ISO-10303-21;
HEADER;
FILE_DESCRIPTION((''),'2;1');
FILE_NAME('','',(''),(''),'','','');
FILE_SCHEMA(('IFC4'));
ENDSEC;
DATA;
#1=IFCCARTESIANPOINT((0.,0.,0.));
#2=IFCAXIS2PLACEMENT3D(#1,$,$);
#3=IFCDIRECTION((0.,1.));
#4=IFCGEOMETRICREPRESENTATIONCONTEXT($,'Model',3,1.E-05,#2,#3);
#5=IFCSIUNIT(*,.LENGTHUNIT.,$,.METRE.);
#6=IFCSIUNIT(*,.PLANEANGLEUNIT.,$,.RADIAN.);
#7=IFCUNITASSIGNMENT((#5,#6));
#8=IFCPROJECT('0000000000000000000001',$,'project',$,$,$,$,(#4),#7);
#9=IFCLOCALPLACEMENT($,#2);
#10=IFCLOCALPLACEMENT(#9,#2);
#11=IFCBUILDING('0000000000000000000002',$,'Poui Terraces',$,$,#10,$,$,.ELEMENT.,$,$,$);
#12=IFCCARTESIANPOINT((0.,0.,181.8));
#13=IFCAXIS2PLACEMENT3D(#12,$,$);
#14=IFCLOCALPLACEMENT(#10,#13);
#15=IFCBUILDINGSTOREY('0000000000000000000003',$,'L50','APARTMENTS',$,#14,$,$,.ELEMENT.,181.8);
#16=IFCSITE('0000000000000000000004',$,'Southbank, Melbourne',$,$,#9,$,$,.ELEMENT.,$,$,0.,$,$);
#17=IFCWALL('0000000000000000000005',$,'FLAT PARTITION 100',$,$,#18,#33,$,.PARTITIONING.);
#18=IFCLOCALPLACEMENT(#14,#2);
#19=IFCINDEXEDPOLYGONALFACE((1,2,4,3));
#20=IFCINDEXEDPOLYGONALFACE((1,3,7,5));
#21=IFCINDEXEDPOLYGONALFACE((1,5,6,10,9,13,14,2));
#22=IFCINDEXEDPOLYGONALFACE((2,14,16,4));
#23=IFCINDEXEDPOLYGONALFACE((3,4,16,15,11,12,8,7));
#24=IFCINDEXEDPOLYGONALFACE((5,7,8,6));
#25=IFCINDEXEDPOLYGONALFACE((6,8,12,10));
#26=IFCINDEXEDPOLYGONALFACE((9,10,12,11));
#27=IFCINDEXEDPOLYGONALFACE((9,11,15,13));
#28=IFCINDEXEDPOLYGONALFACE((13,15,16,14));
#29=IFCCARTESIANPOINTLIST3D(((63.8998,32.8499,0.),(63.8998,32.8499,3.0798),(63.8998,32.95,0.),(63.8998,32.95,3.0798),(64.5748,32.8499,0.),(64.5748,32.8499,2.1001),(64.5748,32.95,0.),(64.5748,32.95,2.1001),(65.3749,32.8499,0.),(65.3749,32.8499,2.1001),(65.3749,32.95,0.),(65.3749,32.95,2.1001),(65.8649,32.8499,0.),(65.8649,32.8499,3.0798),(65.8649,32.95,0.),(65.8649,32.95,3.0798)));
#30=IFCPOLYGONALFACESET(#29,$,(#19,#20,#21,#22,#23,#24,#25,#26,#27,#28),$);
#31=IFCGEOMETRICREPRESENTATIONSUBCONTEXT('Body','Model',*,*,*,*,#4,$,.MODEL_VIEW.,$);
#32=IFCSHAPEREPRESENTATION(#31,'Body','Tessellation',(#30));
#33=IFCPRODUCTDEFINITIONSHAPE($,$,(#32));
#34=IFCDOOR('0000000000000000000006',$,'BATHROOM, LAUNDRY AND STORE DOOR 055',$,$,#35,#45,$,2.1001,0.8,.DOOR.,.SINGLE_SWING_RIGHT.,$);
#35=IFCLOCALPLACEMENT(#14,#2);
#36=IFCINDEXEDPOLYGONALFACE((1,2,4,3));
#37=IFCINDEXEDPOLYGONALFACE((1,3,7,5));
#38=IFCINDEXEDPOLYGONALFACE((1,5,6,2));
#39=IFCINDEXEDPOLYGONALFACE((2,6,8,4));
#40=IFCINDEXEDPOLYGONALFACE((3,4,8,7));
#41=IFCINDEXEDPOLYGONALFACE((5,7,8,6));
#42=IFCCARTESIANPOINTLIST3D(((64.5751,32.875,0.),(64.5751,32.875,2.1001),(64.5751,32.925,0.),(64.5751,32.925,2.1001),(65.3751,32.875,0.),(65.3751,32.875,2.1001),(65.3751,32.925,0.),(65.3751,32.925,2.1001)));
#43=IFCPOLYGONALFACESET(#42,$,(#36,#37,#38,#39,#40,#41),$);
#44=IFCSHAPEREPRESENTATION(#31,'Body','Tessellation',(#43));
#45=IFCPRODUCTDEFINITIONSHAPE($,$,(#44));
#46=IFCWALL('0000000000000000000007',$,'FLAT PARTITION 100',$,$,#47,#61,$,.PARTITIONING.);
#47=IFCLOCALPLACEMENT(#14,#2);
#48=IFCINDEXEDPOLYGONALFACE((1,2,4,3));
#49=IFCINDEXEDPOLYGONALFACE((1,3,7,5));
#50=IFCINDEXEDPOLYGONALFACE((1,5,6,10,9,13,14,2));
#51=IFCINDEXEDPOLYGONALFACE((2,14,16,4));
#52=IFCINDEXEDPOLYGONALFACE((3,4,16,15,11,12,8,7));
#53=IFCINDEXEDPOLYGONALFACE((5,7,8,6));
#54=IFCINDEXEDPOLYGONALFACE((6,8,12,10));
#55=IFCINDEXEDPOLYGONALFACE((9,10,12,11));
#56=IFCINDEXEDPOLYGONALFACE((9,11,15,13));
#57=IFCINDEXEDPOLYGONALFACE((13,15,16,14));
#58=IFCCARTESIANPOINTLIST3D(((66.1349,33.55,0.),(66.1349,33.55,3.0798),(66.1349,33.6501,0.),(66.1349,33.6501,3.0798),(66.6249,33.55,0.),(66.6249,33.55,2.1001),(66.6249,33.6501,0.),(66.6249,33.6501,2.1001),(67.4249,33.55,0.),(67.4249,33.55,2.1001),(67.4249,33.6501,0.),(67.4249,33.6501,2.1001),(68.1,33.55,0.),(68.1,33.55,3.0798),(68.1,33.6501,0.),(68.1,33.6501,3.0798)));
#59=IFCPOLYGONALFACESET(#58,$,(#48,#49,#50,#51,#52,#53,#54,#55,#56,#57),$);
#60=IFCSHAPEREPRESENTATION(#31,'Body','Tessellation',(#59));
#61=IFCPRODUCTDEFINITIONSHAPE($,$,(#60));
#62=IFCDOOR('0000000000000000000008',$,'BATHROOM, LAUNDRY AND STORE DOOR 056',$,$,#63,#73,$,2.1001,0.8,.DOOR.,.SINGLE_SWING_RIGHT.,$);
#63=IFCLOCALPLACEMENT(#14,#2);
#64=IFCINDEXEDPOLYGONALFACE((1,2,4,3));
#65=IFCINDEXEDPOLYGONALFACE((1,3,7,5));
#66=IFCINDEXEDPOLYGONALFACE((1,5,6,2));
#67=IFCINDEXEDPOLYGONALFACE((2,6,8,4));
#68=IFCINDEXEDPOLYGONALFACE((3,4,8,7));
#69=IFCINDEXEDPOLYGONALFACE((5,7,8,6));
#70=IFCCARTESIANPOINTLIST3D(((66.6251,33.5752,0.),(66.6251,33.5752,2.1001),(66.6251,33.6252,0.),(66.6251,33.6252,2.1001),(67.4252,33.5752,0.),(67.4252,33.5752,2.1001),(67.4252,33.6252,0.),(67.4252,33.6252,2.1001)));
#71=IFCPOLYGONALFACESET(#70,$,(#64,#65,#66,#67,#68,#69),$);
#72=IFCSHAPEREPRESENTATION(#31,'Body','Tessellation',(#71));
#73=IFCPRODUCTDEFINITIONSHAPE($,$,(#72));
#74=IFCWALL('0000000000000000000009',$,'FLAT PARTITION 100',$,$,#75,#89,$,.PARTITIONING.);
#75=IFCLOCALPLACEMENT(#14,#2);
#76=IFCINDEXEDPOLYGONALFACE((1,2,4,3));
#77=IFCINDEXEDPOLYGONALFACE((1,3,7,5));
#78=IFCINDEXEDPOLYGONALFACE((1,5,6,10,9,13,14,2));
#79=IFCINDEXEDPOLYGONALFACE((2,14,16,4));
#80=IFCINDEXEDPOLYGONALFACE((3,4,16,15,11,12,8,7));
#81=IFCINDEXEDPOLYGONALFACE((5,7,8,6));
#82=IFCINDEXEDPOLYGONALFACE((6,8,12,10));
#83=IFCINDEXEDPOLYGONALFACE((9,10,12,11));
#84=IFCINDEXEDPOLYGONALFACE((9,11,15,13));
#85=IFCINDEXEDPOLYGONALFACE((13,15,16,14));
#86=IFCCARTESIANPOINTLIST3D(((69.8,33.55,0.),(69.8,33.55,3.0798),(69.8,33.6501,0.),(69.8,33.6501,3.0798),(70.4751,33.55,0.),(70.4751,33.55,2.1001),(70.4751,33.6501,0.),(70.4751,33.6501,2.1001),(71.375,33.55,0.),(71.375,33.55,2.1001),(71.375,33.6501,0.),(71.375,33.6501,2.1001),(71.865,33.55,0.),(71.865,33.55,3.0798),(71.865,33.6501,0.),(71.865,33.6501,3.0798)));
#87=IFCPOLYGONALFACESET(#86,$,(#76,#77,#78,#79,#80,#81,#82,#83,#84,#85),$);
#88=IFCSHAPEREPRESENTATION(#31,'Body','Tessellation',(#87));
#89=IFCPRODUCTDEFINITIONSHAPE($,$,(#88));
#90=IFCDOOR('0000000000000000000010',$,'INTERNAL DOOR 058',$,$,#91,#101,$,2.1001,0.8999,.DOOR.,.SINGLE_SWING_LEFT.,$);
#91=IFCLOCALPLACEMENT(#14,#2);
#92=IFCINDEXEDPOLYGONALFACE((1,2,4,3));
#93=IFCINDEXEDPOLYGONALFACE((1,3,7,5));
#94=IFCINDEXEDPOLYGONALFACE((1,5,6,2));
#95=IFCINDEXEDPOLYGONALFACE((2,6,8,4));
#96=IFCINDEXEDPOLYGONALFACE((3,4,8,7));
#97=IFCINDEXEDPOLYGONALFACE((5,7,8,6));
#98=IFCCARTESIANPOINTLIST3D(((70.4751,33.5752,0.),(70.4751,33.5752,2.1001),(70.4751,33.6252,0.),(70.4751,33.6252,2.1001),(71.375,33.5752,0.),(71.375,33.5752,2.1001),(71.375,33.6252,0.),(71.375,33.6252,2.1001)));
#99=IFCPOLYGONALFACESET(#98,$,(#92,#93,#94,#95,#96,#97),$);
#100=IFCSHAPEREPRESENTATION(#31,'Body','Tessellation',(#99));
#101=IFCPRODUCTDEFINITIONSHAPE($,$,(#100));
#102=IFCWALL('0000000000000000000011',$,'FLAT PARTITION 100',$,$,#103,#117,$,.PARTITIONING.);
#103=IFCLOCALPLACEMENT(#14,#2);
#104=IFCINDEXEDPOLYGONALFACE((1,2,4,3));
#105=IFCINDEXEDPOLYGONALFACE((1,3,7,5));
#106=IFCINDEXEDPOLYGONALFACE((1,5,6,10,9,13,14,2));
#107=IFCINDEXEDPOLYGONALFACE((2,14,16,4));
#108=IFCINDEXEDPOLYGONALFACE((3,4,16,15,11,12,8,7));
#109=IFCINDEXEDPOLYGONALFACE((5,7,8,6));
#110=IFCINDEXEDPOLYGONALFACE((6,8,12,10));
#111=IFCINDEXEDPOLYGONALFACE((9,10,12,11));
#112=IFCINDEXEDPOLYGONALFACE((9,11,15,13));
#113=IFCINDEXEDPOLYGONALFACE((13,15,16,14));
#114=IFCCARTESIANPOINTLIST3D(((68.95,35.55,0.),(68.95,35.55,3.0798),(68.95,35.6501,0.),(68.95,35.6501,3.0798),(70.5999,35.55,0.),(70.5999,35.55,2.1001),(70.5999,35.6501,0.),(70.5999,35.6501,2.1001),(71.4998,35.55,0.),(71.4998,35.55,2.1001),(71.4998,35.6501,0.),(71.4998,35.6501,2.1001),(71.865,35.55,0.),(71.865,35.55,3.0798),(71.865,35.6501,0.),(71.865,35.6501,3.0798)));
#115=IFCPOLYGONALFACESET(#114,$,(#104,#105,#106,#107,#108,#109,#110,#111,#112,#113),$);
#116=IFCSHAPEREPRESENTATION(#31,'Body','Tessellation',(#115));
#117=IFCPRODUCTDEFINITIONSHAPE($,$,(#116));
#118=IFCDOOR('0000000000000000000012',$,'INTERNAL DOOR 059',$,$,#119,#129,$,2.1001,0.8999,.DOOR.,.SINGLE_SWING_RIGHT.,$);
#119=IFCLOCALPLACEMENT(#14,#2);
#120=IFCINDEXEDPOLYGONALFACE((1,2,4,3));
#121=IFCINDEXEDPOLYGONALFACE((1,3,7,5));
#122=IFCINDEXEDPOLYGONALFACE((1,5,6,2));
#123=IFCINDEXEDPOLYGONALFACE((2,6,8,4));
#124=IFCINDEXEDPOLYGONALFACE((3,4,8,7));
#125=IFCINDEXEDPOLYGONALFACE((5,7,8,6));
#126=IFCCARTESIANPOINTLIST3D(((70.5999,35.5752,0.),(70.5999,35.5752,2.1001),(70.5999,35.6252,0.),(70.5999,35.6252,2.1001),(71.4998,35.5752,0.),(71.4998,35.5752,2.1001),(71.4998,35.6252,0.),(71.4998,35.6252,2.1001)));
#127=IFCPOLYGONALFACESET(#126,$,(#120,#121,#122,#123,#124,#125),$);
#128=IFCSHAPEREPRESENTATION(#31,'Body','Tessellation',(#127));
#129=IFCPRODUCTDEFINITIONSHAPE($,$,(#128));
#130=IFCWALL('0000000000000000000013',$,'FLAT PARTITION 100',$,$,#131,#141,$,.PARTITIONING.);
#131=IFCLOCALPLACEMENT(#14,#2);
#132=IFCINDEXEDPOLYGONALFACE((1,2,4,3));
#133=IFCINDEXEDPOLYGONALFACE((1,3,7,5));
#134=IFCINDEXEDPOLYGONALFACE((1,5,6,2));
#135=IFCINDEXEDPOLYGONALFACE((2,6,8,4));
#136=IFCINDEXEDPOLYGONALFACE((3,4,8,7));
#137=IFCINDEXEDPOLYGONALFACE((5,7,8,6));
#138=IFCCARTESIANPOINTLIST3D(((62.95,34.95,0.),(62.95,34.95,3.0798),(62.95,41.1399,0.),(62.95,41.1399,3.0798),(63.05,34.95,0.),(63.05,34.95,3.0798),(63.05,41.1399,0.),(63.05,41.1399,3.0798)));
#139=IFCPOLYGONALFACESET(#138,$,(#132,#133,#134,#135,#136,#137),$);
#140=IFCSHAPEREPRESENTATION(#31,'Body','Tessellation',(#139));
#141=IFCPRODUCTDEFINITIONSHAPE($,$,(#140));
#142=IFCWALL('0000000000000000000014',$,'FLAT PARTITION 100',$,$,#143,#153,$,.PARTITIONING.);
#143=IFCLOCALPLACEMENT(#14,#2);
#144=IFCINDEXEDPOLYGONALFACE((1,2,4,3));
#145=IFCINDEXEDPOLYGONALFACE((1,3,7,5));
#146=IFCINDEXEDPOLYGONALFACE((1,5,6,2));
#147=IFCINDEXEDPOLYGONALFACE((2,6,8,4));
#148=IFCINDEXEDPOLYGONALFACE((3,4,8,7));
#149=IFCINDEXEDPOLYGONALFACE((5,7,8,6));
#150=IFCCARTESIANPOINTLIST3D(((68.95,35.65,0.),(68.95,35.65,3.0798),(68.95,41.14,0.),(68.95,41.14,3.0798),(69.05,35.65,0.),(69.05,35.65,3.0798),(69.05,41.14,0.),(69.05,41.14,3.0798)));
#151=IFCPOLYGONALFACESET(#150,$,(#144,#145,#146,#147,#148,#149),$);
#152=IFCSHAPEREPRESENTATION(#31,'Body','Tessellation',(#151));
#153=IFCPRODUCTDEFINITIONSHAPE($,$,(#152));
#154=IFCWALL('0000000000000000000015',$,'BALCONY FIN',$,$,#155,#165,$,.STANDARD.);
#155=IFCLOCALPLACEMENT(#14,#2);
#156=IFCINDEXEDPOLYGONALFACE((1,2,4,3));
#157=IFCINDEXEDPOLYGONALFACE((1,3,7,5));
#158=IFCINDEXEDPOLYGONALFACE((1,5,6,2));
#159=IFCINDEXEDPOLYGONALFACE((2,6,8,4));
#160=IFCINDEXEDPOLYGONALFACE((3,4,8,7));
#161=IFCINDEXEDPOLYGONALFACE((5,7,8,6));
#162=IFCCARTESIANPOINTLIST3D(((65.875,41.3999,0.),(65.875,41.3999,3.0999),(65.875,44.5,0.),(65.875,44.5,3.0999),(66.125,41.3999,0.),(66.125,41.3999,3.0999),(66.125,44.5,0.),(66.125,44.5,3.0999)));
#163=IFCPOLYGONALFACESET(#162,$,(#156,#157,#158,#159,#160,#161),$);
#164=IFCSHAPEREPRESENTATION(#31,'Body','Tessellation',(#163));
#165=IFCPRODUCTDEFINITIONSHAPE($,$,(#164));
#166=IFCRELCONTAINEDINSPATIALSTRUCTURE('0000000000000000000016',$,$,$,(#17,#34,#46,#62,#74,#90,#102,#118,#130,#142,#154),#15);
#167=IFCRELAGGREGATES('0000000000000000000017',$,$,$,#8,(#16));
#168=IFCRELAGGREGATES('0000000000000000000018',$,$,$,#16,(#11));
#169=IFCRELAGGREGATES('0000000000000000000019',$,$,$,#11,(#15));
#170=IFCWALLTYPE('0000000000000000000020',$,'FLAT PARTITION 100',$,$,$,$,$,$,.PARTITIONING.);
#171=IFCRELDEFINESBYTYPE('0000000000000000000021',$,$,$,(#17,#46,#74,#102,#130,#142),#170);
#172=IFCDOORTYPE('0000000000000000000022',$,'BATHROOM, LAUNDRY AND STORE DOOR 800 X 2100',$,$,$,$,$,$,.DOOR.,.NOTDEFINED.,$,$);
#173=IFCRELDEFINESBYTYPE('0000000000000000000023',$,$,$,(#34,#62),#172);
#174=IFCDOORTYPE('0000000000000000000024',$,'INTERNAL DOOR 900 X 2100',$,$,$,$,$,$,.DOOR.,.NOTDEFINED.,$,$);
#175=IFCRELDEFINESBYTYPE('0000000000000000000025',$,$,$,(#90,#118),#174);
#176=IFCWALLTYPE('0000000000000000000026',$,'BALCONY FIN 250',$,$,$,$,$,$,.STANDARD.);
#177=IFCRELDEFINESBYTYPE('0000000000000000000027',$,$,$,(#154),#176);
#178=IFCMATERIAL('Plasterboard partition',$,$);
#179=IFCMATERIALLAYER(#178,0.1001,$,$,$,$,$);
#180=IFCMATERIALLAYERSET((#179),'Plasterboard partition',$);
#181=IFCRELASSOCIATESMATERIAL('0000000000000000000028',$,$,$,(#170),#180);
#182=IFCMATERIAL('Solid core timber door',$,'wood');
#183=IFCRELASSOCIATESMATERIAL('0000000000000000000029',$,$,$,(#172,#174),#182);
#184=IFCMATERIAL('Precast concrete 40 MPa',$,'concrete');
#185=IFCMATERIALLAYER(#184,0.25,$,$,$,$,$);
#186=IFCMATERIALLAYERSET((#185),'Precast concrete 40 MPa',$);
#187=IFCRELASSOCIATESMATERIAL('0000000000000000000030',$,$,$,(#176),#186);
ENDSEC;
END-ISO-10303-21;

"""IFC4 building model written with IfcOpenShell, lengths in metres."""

from ifc_helpers import new_model, si_unit, direction, frame, frame_2d, origin, place, context, subcontext, project, spatial, polyline, rectangle, outline, extrude, source, transform, mapped, material, layer, layer_set, type_object, element, fill, save


model = new_model("IFC4")

# Units and contexts
model_context = context("Model", 3, precision=1e-05, world=origin(), true_north=direction((0.0, 1.0)))
body_context = subcontext(model_context, "Body", "Model", "MODEL_VIEW")
ifc_project = project(units=[si_unit("LENGTHUNIT", "METRE"), si_unit("PLANEANGLEUNIT", "RADIAN")], contexts=[model_context])

# Site, building, storey
site_placement = place(None, origin())
site = spatial("IfcSite", under=ifc_project, at=site_placement, Name="Southbank, Melbourne", CompositionType="ELEMENT", RefElevation=0.0)
building_placement = place(site_placement, origin())
building = spatial("IfcBuilding", under=site, at=building_placement, Name="Poui Terraces", CompositionType="ELEMENT")
storey_placement = place(building_placement, frame((0.0, 0.0, 181.8)))
storey = spatial("IfcBuildingStorey", under=building, at=storey_placement, Name="L50", Description="APARTMENTS", CompositionType="ELEMENT", Elevation=181.8)

# Walls, openings, doors
ifc_material_1 = material(Name="Plasterboard partition")
ifc_layer_1 = layer(ifc_material_1, 0.1001)
ifc_layer_set_1 = layer_set([ifc_layer_1], Name="Plasterboard partition")
wall_type_1 = type_object("IfcWallType", Name="FLAT PARTITION 100", PredefinedType="PARTITIONING", material=ifc_layer_set_1)
wall_1_placement = place(storey_placement, frame((63.8999, 32.8999, 0.0), z_axis=(0.0, 0.0, 1.0), x_axis=(1.0, 0.0, 0.0)))
wall_1 = element("IfcWall", 1, at=wall_1_placement, inside=storey, type_object=wall_type_1, Name="FLAT PARTITION 100", PredefinedType="PARTITIONING", context=body_context, shape_type="SweptSolid", body=[
    extrude(rectangle(XDim=1.9651, YDim=0.1001, at=frame_2d((0.9824, 0.0))), origin(), (0.0, 0.0, 1.0), 3.0798),
])
opening_1_placement = place(wall_1_placement, frame((0.675, 0.0, 0.0)))
opening_1 = element("IfcOpeningElement", 2, at=opening_1_placement, cuts=wall_1, PredefinedType="OPENING", context=body_context, shape_type="SweptSolid", body=[
    extrude(rectangle(XDim=0.8, YDim=2.1001, at=frame_2d((0.3999, 1.05))), frame((0.0, 0.0601, 0.0), z_axis=(0.0, -1.0, 0.0), x_axis=(1.0, 0.0, 0.0)), (0.0, 0.0, 1.0), 0.1201),
])
ifc_material_2 = material(Name="Solid core timber door", Category="wood")
door_type_1 = type_object("IfcDoorType", Name="BATHROOM, LAUNDRY AND STORE DOOR 800 X 2100", OperationType="NOTDEFINED", PredefinedType="DOOR", material=ifc_material_2)
door_1_placement = place(opening_1_placement, frame((0.8, 0.0, 0.0), z_axis=(0.0, 0.0, 1.0), x_axis=(-1.0, 0.0, 0.0)))
door_1 = element("IfcDoor", 3, at=door_1_placement, inside=storey, type_object=door_type_1, Name="BATHROOM, LAUNDRY AND STORE DOOR 055", OperationType="SINGLE_SWING_RIGHT", OverallHeight=2.1001, OverallWidth=0.8, PredefinedType="DOOR", context=body_context, shape_type="SweptSolid", body=[
    extrude(rectangle(XDim=0.8, YDim=2.1001, at=frame_2d((0.3999, 1.05))), frame((0.0, 0.0249, 0.0), z_axis=(0.0, -1.0, 0.0), x_axis=(1.0, 0.0, 0.0)), (0.0, 0.0, 1.0), 0.05),
])
fill(opening_1, door_1)
wall_2_placement = place(storey_placement, frame((66.135, 33.6001, 0.0), z_axis=(0.0, 0.0, 1.0), x_axis=(1.0, 0.0, 0.0)))
wall_2 = element("IfcWall", 4, at=wall_2_placement, inside=storey, type_object=wall_type_1, Name="FLAT PARTITION 100", PredefinedType="PARTITIONING", context=body_context, shape_type="SweptSolid", body=[
    extrude(rectangle(XDim=1.9651, YDim=0.1001, at=frame_2d((0.9824, 0.0))), origin(), (0.0, 0.0, 1.0), 3.0798),
])
opening_2_placement = place(wall_2_placement, frame((0.49, 0.0, 0.0)))
opening_2 = element("IfcOpeningElement", 5, at=opening_2_placement, cuts=wall_2, PredefinedType="OPENING", context=body_context, shape_type="SweptSolid", body=[
    extrude(rectangle(XDim=0.8, YDim=2.1001, at=frame_2d((0.3999, 1.05))), frame((0.0, 0.0601, 0.0), z_axis=(0.0, -1.0, 0.0), x_axis=(1.0, 0.0, 0.0)), (0.0, 0.0, 1.0), 0.1201),
])
door_2_placement = place(opening_2_placement, frame((0.8, 0.0, 0.0), z_axis=(0.0, 0.0, 1.0), x_axis=(-1.0, 0.0, 0.0)))
door_2 = element("IfcDoor", 6, at=door_2_placement, inside=storey, type_object=door_type_1, Name="BATHROOM, LAUNDRY AND STORE DOOR 056", OperationType="SINGLE_SWING_RIGHT", OverallHeight=2.1001, OverallWidth=0.8, PredefinedType="DOOR", context=body_context, shape_type="SweptSolid", body=[
    extrude(rectangle(XDim=0.8, YDim=2.1001, at=frame_2d((0.3999, 1.05))), frame((0.0, 0.0249, 0.0), z_axis=(0.0, -1.0, 0.0), x_axis=(1.0, 0.0, 0.0)), (0.0, 0.0, 1.0), 0.05),
])
fill(opening_2, door_2)
wall_3_placement = place(storey_placement, frame((69.8, 33.6001, 0.0), z_axis=(0.0, 0.0, 1.0), x_axis=(1.0, 0.0, 0.0)))
wall_3 = element("IfcWall", 7, at=wall_3_placement, inside=storey, type_object=wall_type_1, Name="FLAT PARTITION 100", PredefinedType="PARTITIONING", context=body_context, shape_type="SweptSolid", body=[
    extrude(rectangle(XDim=2.0649, YDim=0.1001, at=frame_2d((1.0325, 0.0))), origin(), (0.0, 0.0, 1.0), 3.0798),
])
opening_3_placement = place(wall_3_placement, frame((0.675, 0.0, 0.0)))
opening_3 = element("IfcOpeningElement", 8, at=opening_3_placement, cuts=wall_3, PredefinedType="OPENING", context=body_context, shape_type="SweptSolid", body=[
    extrude(rectangle(XDim=0.8999, YDim=2.1001, at=frame_2d((0.45, 1.05))), frame((0.0, 0.0601, 0.0), z_axis=(0.0, -1.0, 0.0), x_axis=(1.0, 0.0, 0.0)), (0.0, 0.0, 1.0), 0.1201),
])
door_type_2 = type_object("IfcDoorType", Name="INTERNAL DOOR 900 X 2100", OperationType="NOTDEFINED", PredefinedType="DOOR", material=ifc_material_2)
door_3_placement = place(opening_3_placement, frame((0.8999, 0.0, 0.0), z_axis=(0.0, 0.0, 1.0), x_axis=(-1.0, 0.0, 0.0)))
door_3 = element("IfcDoor", 9, at=door_3_placement, inside=storey, type_object=door_type_2, Name="INTERNAL DOOR 058", OperationType="SINGLE_SWING_LEFT", OverallHeight=2.1001, OverallWidth=0.8999, PredefinedType="DOOR", context=body_context, shape_type="SweptSolid", body=[
    extrude(rectangle(XDim=0.8999, YDim=2.1001, at=frame_2d((0.45, 1.05))), frame((0.0, 0.0249, 0.0), z_axis=(0.0, -1.0, 0.0), x_axis=(1.0, 0.0, 0.0)), (0.0, 0.0, 1.0), 0.05),
])
fill(opening_3, door_3)
wall_4_placement = place(storey_placement, frame((68.95, 35.6001, 0.0), z_axis=(0.0, 0.0, 1.0), x_axis=(1.0, 0.0, 0.0)))
wall_4 = element("IfcWall", 10, at=wall_4_placement, inside=storey, type_object=wall_type_1, Name="FLAT PARTITION 100", PredefinedType="PARTITIONING", context=body_context, shape_type="SweptSolid", body=[
    extrude(rectangle(XDim=2.915, YDim=0.1001, at=frame_2d((1.4575, 0.0))), origin(), (0.0, 0.0, 1.0), 3.0798),
])
opening_4_placement = place(wall_4_placement, frame((1.6499, 0.0, 0.0)))
opening_4 = element("IfcOpeningElement", 11, at=opening_4_placement, cuts=wall_4, PredefinedType="OPENING", context=body_context, shape_type="SweptSolid", body=[
    extrude(rectangle(XDim=0.8999, YDim=2.1001, at=frame_2d((0.45, 1.05))), frame((0.0, 0.0601, 0.0), z_axis=(0.0, -1.0, 0.0), x_axis=(1.0, 0.0, 0.0)), (0.0, 0.0, 1.0), 0.1201),
])
door_4_placement = place(opening_4_placement, frame((0.8999, 0.0, 0.0), z_axis=(0.0, 0.0, 1.0), x_axis=(-1.0, 0.0, 0.0)))
door_4 = element("IfcDoor", 12, at=door_4_placement, inside=storey, type_object=door_type_2, Name="INTERNAL DOOR 059", OperationType="SINGLE_SWING_RIGHT", OverallHeight=2.1001, OverallWidth=0.8999, PredefinedType="DOOR", context=body_context, shape_type="SweptSolid", body=[
    extrude(rectangle(XDim=0.8999, YDim=2.1001, at=frame_2d((0.45, 1.05))), frame((0.0, 0.0249, 0.0), z_axis=(0.0, -1.0, 0.0), x_axis=(1.0, 0.0, 0.0)), (0.0, 0.0, 1.0), 0.05),
])
fill(opening_4, door_4)

# Walls
wall_5_placement = place(storey_placement, frame((63.0, 34.95, 0.0), z_axis=(0.0, 0.0, 1.0), x_axis=(0.0, 1.0, 0.0)))
element("IfcWall", 13, at=wall_5_placement, inside=storey, type_object=wall_type_1, Name="FLAT PARTITION 100", PredefinedType="PARTITIONING", context=body_context, shape_type="SweptSolid", body=[
    extrude(rectangle(XDim=6.1899, YDim=0.1001, at=frame_2d((3.095, 0.0))), origin(), (0.0, 0.0, 1.0), 3.0798),
])
wall_6_placement = place(storey_placement, frame((69.0, 35.6499, 0.0), z_axis=(0.0, 0.0, 1.0), x_axis=(0.0, 1.0, 0.0)))
element("IfcWall", 14, at=wall_6_placement, inside=storey, type_object=wall_type_1, Name="FLAT PARTITION 100", PredefinedType="PARTITIONING", context=body_context, shape_type="SweptSolid", body=[
    extrude(rectangle(XDim=5.49, YDim=0.1001, at=frame_2d((2.7451, 0.0))), origin(), (0.0, 0.0, 1.0), 3.0798),
])
ifc_material_3 = material(Name="Precast concrete 40 MPa", Category="concrete")
ifc_layer_2 = layer(ifc_material_3, 0.25)
ifc_layer_set_2 = layer_set([ifc_layer_2], Name="Precast concrete 40 MPa")
wall_type_2 = type_object("IfcWallType", Name="BALCONY FIN 250", PredefinedType="STANDARD", material=ifc_layer_set_2)
shared_shape_1 = source(origin(), body_context, "Body", "SweptSolid", [
    extrude(outline(polyline([(0.0, 0.0), (0.25, 0.0), (0.25, 3.1001), (0.0, 3.1001), (0.0, 0.0)])), origin(), (0.0, 0.0, 1.0), 3.0999),
])
wall_7_placement = place(storey_placement, frame((65.875, 41.3999, 0.0)))
element("IfcWall", 15, at=wall_7_placement, inside=storey, type_object=wall_type_2, Name="BALCONY FIN", PredefinedType="STANDARD", context=body_context, shape_type="MappedRepresentation", body=[
    mapped(shared_shape_1, transform((0.0, 0.0, 0.0))),
])

save(model, "model.ifc")
